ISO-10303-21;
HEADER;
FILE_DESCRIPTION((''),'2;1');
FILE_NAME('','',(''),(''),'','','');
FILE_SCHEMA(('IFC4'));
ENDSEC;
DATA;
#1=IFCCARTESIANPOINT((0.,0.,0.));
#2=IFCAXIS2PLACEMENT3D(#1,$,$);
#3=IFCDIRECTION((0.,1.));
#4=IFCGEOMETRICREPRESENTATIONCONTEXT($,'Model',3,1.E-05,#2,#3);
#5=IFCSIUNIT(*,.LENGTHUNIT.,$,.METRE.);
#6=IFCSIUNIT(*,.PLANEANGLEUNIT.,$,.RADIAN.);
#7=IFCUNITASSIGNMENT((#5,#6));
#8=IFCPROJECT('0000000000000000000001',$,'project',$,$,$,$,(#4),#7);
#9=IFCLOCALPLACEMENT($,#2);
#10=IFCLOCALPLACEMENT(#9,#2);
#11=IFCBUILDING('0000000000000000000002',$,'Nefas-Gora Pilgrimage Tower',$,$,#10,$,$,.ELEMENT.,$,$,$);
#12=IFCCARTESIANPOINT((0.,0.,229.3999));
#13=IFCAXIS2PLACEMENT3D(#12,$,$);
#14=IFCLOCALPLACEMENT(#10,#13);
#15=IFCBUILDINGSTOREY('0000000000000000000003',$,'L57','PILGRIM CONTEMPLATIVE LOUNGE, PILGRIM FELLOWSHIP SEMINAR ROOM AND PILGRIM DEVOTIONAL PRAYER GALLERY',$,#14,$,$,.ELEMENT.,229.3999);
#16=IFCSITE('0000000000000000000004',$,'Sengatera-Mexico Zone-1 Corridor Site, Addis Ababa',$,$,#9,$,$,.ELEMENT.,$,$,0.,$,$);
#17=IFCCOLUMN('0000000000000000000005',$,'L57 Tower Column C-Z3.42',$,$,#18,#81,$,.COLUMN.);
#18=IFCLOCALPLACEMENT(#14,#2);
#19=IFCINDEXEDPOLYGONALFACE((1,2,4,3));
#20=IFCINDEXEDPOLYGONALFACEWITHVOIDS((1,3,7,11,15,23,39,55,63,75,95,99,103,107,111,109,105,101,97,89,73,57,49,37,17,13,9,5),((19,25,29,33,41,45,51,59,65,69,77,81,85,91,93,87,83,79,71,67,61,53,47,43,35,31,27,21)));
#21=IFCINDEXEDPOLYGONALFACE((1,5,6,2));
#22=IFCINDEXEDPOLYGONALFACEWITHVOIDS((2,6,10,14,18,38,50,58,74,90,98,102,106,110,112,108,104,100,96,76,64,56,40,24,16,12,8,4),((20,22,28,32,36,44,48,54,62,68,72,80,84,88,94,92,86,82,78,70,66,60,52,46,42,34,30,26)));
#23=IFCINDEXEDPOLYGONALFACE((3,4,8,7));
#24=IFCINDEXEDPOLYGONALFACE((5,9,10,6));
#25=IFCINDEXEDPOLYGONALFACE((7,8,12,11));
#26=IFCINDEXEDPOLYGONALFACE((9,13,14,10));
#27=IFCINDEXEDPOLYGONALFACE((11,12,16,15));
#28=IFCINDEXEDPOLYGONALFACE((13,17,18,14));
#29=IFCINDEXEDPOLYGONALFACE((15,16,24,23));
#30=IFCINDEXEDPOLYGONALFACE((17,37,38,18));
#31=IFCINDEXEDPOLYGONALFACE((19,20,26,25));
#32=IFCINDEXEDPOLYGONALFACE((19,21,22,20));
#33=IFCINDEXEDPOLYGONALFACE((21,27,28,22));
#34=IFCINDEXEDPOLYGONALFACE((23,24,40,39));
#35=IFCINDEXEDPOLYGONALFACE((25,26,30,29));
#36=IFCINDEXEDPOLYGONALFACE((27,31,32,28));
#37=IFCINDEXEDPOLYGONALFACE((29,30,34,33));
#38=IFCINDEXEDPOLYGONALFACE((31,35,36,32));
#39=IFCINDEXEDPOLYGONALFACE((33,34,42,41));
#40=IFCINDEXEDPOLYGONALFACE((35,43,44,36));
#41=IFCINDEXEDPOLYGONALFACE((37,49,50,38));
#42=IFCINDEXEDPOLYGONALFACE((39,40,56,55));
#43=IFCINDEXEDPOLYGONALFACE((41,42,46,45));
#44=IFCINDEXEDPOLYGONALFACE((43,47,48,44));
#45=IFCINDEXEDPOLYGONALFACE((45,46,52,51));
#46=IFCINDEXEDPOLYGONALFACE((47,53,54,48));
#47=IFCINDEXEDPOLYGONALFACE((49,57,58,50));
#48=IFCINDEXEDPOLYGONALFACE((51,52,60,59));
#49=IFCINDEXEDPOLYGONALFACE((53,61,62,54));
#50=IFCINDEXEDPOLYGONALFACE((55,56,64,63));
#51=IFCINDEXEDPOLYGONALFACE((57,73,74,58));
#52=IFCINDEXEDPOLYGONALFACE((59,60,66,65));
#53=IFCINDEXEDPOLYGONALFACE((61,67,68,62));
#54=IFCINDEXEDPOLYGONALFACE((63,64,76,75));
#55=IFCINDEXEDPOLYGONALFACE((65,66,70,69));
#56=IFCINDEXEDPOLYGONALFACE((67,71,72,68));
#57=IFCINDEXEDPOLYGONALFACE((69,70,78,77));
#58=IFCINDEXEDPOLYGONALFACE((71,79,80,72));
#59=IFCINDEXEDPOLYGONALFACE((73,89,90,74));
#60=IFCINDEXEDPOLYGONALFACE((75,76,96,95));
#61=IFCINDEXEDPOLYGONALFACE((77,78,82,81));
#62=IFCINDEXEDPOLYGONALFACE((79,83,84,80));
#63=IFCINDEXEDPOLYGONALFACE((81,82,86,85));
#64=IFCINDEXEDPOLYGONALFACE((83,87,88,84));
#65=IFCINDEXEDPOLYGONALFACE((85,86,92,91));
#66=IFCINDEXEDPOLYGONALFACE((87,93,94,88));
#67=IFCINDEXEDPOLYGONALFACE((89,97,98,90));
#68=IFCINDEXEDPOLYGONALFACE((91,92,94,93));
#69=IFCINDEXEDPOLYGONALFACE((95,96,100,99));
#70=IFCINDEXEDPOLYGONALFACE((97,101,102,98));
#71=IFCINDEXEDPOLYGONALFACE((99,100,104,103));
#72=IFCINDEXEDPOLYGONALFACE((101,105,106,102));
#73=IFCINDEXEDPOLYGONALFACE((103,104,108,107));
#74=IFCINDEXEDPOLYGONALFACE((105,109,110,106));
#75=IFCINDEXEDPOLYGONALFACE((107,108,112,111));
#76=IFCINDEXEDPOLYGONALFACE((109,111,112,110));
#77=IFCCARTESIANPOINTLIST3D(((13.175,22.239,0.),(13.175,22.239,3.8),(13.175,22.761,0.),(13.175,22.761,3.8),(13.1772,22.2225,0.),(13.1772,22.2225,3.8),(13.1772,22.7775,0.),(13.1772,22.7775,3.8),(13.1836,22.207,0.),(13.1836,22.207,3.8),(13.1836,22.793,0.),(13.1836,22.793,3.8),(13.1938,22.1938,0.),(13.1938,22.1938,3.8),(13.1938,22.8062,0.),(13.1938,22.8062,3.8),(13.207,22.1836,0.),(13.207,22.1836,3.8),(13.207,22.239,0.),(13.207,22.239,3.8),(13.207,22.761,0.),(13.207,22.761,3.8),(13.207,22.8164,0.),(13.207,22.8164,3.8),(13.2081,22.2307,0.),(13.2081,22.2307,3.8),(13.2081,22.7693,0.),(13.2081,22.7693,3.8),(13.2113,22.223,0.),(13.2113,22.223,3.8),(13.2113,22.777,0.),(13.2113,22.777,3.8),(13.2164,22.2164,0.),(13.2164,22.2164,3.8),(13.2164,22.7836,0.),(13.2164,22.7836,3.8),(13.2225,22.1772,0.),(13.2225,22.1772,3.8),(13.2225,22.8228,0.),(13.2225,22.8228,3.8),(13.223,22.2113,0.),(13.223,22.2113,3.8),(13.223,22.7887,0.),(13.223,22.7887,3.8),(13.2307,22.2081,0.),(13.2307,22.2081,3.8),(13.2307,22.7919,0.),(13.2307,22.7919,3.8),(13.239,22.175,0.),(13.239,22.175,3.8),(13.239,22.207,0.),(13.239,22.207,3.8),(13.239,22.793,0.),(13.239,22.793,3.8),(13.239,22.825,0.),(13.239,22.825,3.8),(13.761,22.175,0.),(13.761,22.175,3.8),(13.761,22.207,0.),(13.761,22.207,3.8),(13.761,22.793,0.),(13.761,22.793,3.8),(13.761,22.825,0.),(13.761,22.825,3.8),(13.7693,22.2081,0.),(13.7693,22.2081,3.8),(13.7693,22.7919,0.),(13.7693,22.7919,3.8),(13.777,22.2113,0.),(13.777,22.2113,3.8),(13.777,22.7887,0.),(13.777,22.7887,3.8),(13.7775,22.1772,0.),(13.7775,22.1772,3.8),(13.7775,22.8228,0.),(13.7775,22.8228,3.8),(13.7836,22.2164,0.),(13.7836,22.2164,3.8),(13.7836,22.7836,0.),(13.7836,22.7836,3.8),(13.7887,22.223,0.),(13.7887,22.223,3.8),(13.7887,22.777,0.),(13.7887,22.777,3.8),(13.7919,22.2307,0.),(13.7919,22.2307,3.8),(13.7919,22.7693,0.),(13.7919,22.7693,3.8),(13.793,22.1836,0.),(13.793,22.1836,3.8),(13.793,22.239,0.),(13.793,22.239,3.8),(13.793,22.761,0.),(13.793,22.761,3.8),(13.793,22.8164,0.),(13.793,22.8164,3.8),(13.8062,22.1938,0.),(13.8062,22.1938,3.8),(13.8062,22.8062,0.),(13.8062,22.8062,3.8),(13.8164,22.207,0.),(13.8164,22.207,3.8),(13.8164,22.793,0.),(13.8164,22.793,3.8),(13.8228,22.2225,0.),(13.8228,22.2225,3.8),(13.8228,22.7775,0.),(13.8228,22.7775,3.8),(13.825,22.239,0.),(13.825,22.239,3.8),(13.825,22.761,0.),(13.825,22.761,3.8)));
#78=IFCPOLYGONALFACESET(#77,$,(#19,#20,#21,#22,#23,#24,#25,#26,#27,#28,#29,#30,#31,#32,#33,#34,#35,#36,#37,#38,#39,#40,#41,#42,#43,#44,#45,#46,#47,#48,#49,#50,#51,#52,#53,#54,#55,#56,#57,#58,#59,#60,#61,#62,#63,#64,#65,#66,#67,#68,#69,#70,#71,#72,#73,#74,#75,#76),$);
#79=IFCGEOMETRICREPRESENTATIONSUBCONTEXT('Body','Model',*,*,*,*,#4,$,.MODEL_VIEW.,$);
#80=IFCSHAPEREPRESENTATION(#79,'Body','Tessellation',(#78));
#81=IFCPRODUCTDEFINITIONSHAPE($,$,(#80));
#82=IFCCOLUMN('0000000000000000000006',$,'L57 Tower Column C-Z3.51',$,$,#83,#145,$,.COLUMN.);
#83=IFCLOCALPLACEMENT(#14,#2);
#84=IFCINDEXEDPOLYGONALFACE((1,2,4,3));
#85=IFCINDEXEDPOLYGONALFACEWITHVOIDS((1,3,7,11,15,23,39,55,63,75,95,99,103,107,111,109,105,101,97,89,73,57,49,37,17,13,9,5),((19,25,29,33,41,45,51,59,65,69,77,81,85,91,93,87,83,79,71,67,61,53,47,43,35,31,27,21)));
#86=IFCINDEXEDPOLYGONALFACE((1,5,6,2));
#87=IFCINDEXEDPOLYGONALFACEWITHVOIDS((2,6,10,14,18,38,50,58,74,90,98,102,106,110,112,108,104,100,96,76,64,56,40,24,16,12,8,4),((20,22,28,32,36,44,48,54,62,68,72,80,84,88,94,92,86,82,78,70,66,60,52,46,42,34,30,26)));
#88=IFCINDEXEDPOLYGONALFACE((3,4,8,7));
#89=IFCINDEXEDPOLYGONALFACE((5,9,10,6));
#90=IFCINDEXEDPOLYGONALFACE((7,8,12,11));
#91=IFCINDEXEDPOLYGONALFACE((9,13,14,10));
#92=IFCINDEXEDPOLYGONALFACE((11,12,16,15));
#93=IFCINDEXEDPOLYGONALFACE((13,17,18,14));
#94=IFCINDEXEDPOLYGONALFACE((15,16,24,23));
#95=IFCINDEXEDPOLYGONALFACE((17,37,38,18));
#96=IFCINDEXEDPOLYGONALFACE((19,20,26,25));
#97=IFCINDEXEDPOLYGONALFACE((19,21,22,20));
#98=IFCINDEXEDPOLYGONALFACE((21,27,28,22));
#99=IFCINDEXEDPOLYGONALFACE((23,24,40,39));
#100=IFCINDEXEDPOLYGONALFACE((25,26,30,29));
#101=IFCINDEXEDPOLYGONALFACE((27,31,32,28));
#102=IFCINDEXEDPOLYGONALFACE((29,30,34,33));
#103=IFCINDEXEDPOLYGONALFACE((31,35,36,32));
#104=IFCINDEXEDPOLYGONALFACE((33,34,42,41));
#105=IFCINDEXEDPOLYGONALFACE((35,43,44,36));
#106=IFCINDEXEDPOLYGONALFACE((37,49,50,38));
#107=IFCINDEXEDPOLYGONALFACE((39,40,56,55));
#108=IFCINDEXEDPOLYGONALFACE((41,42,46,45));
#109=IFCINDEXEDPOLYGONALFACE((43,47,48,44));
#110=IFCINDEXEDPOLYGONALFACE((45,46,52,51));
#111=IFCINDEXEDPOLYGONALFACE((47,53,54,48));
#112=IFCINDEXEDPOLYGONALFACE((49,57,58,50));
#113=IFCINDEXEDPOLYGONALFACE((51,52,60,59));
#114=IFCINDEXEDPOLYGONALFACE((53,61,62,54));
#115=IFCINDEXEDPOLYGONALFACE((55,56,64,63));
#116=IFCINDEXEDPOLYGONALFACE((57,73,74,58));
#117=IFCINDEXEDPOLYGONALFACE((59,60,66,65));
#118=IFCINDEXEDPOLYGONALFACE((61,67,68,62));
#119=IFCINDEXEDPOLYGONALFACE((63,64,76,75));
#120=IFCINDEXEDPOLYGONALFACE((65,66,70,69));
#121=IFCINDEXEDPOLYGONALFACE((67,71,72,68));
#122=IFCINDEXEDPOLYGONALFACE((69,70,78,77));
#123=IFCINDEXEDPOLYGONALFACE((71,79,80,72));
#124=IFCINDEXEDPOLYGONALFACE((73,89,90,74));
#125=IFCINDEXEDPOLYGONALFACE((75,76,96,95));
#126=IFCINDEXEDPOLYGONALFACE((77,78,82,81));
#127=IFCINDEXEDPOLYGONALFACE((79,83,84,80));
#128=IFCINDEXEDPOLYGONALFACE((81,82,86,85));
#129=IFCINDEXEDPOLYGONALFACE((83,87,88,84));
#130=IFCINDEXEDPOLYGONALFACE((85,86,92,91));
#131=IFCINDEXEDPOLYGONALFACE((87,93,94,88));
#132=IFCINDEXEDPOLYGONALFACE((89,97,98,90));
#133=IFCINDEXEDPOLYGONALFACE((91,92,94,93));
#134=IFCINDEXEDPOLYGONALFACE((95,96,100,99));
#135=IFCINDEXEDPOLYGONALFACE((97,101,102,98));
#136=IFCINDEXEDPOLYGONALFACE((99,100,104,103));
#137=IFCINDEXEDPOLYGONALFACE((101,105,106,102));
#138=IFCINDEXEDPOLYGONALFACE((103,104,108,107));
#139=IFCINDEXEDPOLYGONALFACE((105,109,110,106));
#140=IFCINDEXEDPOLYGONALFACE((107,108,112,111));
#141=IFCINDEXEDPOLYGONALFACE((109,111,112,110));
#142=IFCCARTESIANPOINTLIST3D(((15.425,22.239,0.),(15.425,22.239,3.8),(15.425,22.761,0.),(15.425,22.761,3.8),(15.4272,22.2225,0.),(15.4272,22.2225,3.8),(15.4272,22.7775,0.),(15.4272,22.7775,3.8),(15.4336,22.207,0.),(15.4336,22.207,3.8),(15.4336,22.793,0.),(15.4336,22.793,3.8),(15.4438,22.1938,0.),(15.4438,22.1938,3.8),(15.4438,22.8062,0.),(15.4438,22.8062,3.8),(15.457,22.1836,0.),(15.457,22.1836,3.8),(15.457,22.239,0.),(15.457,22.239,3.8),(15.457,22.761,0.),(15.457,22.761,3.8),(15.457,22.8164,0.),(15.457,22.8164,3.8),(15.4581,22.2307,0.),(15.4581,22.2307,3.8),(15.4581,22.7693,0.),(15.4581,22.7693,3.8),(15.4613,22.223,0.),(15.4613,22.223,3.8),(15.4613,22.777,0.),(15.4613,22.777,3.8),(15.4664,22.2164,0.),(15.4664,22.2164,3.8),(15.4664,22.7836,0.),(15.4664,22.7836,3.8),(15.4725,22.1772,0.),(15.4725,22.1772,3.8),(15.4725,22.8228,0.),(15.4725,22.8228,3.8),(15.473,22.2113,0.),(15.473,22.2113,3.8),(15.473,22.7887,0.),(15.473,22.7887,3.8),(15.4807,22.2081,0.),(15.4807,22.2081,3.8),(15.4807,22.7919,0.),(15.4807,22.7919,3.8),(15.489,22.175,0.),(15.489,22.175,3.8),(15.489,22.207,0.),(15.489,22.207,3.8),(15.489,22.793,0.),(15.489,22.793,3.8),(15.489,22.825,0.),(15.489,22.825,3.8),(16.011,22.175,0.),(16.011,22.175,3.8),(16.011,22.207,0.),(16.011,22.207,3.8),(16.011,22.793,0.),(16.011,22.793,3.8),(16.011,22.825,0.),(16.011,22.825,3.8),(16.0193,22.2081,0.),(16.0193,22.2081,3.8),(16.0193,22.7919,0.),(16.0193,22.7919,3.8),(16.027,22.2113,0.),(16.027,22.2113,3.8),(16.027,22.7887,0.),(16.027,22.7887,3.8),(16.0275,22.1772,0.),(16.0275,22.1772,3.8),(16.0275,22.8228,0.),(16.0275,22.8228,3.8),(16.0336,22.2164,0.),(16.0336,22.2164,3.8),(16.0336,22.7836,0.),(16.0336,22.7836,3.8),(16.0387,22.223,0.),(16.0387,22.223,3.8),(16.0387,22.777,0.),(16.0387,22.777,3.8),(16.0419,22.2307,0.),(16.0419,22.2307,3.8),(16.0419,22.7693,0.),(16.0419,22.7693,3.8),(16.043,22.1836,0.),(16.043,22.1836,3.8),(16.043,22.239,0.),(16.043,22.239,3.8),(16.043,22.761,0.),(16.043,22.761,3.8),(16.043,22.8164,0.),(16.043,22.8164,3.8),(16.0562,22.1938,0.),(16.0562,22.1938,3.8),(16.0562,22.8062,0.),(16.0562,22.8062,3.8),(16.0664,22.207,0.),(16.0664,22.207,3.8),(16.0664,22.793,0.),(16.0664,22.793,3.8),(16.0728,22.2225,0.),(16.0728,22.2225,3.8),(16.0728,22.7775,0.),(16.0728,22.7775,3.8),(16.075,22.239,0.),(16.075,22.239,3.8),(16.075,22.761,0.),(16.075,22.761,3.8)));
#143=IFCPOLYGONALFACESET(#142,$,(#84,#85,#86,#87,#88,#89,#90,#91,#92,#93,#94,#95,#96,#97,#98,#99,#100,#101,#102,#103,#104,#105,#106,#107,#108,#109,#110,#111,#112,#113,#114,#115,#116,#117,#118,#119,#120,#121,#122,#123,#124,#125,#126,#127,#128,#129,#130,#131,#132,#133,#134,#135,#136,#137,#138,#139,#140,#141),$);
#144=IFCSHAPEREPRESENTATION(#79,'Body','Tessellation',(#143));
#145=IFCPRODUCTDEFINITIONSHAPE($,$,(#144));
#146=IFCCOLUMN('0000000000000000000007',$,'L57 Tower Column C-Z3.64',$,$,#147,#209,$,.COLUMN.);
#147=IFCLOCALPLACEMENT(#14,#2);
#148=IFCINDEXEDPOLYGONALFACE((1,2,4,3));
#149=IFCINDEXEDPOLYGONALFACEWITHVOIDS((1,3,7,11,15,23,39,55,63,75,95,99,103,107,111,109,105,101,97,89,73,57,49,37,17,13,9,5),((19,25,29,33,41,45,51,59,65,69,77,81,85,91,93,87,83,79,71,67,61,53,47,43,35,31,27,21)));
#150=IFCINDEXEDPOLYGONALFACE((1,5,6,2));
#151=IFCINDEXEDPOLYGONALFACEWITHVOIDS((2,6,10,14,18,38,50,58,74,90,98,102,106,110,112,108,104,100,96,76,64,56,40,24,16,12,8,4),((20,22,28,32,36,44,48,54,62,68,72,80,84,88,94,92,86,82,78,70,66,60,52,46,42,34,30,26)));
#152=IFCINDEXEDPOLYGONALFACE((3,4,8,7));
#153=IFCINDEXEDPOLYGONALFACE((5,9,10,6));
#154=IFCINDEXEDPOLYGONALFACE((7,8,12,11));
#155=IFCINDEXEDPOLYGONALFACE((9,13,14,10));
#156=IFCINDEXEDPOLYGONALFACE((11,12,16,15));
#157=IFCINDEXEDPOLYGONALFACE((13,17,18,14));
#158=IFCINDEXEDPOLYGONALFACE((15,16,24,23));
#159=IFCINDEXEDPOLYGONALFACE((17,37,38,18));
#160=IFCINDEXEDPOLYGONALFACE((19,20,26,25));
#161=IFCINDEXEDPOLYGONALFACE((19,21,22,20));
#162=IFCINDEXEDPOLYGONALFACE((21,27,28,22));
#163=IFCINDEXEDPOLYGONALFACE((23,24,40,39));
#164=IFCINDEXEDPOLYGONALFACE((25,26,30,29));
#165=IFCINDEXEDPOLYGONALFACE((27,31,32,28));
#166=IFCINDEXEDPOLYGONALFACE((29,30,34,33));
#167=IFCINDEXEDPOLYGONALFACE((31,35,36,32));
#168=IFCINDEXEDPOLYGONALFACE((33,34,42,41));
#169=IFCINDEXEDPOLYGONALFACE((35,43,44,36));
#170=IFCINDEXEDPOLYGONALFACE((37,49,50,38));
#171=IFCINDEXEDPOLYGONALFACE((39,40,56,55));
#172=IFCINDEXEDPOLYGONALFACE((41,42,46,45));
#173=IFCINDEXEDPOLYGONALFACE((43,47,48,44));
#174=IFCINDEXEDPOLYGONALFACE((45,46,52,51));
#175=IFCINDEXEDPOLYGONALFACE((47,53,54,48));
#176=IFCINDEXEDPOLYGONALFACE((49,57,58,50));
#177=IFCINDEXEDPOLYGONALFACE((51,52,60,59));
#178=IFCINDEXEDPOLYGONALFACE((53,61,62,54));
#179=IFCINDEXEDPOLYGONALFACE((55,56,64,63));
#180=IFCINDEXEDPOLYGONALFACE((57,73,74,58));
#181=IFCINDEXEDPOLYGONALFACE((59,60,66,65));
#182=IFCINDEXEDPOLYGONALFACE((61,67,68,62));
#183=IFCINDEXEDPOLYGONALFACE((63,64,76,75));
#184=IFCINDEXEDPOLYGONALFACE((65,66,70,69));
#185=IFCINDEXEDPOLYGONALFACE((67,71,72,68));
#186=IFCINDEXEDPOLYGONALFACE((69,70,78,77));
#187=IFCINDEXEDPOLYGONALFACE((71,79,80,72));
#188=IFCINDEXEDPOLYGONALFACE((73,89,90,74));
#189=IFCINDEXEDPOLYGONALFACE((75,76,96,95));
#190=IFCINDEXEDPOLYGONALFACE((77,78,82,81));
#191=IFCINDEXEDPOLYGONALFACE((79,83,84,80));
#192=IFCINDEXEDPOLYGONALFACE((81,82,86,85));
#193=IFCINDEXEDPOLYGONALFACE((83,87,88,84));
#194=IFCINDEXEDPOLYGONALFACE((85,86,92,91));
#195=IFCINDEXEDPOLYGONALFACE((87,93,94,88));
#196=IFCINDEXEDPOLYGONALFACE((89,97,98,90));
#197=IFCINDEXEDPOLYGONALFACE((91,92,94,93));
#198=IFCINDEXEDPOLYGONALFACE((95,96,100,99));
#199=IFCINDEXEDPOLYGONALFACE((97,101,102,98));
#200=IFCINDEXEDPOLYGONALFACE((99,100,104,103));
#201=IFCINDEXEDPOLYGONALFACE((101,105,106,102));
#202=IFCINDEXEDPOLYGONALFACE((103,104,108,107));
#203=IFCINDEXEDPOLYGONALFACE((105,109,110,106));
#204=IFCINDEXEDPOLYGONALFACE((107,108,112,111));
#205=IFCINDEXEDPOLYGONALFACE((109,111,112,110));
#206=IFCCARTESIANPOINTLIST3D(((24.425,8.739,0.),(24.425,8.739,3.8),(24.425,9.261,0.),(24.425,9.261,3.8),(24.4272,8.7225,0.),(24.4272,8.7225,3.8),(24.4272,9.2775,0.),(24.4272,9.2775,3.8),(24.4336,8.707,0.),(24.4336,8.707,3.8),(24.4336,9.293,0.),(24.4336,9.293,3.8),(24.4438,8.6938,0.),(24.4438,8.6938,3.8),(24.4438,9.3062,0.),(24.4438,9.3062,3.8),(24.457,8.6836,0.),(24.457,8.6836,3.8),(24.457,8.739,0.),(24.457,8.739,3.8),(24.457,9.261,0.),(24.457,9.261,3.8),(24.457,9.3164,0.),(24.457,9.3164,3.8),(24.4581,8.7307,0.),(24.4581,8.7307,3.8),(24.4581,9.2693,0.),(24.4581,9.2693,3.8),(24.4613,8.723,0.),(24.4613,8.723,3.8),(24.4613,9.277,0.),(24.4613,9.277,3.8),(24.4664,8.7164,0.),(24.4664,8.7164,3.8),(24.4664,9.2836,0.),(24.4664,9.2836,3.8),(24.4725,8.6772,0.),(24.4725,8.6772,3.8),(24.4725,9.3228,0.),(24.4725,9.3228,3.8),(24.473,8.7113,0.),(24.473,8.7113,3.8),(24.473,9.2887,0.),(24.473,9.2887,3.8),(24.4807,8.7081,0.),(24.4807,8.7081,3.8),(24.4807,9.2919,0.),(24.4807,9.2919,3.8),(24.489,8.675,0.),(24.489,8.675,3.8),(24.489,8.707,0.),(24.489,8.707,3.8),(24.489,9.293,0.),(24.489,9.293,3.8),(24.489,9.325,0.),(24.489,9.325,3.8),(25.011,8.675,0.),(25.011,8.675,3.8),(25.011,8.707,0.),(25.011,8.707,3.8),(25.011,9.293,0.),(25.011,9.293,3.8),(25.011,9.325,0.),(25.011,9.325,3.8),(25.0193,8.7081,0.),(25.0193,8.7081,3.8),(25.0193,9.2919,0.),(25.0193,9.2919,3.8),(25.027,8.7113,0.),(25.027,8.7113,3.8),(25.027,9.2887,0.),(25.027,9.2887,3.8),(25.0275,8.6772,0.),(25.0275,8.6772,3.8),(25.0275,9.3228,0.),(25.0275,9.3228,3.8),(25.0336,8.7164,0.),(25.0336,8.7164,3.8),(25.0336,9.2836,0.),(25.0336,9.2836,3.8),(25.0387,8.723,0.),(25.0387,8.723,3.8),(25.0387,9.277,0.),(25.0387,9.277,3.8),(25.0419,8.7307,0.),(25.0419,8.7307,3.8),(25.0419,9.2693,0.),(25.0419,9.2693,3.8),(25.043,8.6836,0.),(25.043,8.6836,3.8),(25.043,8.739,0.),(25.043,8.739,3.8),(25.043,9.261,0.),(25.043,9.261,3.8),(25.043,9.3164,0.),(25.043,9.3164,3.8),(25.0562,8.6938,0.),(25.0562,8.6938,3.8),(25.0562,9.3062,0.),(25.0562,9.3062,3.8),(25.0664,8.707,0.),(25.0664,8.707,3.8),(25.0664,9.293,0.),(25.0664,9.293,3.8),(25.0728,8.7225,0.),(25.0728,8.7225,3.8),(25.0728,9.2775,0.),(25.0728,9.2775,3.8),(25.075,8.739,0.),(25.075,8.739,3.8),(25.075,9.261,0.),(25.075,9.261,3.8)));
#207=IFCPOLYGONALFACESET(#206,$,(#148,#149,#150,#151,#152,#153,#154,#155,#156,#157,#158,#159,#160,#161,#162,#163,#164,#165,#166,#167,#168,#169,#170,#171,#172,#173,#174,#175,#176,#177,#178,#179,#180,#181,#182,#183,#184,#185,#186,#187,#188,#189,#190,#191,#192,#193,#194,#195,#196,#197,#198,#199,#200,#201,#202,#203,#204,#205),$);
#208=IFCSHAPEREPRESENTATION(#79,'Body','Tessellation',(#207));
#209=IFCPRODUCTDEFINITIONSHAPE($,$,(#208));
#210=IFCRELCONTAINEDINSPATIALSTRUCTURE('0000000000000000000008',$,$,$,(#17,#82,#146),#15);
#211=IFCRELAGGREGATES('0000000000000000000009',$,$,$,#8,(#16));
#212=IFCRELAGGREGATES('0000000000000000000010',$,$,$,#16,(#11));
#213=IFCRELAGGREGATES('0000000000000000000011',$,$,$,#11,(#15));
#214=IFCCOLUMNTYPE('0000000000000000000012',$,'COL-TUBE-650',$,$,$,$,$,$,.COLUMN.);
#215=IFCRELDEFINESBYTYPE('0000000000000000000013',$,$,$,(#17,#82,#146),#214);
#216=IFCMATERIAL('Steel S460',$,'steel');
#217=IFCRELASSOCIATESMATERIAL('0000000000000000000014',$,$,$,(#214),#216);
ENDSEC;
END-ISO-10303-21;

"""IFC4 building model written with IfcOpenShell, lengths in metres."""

from ifc_helpers import new_model, si_unit, direction, frame, origin, origin_2d, place, context, subcontext, project, spatial, hollow_rectangle, extrude, source, transform, mapped, material, material_profile, profile_set, type_object, element, save


model = new_model("IFC4")

# Units and contexts
model_context = context("Model", 3, precision=1e-05, world=origin(), true_north=direction((0.0, 1.0)))
body_context = subcontext(model_context, "Body", "Model", "MODEL_VIEW")
ifc_project = project(units=[si_unit("LENGTHUNIT", "METRE"), si_unit("PLANEANGLEUNIT", "RADIAN")], contexts=[model_context])

# Site, building, storey
site_placement = place(None, origin())
site = spatial("IfcSite", under=ifc_project, at=site_placement, Name="Sengatera-Mexico Zone-1 Corridor Site, Addis Ababa", CompositionType="ELEMENT", RefElevation=0.0)
building_placement = place(site_placement, origin())
building = spatial("IfcBuilding", under=site, at=building_placement, Name="Nefas-Gora Pilgrimage Tower", CompositionType="ELEMENT")
storey_placement = place(building_placement, frame((0.0, 0.0, 229.3999)))
storey = spatial("IfcBuildingStorey", under=building, at=storey_placement, Name="L57", Description="PILGRIM CONTEMPLATIVE LOUNGE, PILGRIM FELLOWSHIP SEMINAR ROOM AND PILGRIM DEVOTIONAL PRAYER GALLERY", CompositionType="ELEMENT", Elevation=229.3999)

# Columns
ifc_material_1 = material(Name="Steel S460", Category="steel")
ifc_material_profile_1 = material_profile(ifc_material_1, hollow_rectangle(XDim=0.6499, YDim=0.6499, WallThickness=0.032, InnerFilletRadius=0.032, OuterFilletRadius=0.064, at=origin_2d()), Name="BOX 650x650x32")
ifc_profile_set_1 = profile_set([ifc_material_profile_1], Name="Steel S460")
column_type_1 = type_object("IfcColumnType", Name="COL-TUBE-650", PredefinedType="COLUMN", material=ifc_profile_set_1)
shared_shape_1 = source(origin(), body_context, "Body", "SweptSolid", [
    extrude(hollow_rectangle(XDim=0.6499, YDim=0.6499, WallThickness=0.032, InnerFilletRadius=0.032, OuterFilletRadius=0.064, at=origin_2d()), origin(), (0.0, 0.0, 1.0), 3.8),
])
for number, where, z_axis, x_axis, name in (
    (1, (13.5, 22.5, 0.0), (0.0, 0.0, 1.0), (1.0, 0.0, 0.0), "L57 Tower Column C-Z3.42"),
    (2, (15.75, 22.5, 0.0), (0.0, 0.0, 1.0), (1.0, 0.0, 0.0), "L57 Tower Column C-Z3.51"),
    (3, (24.75, 9.0, 0.0), (0.0, 0.0, 1.0), (1.0, 0.0, 0.0), "L57 Tower Column C-Z3.64"),
):
    element("IfcColumn", number, at=place(storey_placement, frame(where, z_axis=z_axis, x_axis=x_axis)), inside=storey, type_object=column_type_1, Name=name, PredefinedType="COLUMN", context=body_context, shape_type="MappedRepresentation", body=[
        mapped(shared_shape_1, transform((0.0, 0.0, 0.0), x_axis=(1.0, 0.0, 0.0), y_axis=(0.0, 1.0, 0.0), z_axis=(0.0, 0.0, 1.0), scale=1.0)),
    ])

save(model, "model.ifc")
